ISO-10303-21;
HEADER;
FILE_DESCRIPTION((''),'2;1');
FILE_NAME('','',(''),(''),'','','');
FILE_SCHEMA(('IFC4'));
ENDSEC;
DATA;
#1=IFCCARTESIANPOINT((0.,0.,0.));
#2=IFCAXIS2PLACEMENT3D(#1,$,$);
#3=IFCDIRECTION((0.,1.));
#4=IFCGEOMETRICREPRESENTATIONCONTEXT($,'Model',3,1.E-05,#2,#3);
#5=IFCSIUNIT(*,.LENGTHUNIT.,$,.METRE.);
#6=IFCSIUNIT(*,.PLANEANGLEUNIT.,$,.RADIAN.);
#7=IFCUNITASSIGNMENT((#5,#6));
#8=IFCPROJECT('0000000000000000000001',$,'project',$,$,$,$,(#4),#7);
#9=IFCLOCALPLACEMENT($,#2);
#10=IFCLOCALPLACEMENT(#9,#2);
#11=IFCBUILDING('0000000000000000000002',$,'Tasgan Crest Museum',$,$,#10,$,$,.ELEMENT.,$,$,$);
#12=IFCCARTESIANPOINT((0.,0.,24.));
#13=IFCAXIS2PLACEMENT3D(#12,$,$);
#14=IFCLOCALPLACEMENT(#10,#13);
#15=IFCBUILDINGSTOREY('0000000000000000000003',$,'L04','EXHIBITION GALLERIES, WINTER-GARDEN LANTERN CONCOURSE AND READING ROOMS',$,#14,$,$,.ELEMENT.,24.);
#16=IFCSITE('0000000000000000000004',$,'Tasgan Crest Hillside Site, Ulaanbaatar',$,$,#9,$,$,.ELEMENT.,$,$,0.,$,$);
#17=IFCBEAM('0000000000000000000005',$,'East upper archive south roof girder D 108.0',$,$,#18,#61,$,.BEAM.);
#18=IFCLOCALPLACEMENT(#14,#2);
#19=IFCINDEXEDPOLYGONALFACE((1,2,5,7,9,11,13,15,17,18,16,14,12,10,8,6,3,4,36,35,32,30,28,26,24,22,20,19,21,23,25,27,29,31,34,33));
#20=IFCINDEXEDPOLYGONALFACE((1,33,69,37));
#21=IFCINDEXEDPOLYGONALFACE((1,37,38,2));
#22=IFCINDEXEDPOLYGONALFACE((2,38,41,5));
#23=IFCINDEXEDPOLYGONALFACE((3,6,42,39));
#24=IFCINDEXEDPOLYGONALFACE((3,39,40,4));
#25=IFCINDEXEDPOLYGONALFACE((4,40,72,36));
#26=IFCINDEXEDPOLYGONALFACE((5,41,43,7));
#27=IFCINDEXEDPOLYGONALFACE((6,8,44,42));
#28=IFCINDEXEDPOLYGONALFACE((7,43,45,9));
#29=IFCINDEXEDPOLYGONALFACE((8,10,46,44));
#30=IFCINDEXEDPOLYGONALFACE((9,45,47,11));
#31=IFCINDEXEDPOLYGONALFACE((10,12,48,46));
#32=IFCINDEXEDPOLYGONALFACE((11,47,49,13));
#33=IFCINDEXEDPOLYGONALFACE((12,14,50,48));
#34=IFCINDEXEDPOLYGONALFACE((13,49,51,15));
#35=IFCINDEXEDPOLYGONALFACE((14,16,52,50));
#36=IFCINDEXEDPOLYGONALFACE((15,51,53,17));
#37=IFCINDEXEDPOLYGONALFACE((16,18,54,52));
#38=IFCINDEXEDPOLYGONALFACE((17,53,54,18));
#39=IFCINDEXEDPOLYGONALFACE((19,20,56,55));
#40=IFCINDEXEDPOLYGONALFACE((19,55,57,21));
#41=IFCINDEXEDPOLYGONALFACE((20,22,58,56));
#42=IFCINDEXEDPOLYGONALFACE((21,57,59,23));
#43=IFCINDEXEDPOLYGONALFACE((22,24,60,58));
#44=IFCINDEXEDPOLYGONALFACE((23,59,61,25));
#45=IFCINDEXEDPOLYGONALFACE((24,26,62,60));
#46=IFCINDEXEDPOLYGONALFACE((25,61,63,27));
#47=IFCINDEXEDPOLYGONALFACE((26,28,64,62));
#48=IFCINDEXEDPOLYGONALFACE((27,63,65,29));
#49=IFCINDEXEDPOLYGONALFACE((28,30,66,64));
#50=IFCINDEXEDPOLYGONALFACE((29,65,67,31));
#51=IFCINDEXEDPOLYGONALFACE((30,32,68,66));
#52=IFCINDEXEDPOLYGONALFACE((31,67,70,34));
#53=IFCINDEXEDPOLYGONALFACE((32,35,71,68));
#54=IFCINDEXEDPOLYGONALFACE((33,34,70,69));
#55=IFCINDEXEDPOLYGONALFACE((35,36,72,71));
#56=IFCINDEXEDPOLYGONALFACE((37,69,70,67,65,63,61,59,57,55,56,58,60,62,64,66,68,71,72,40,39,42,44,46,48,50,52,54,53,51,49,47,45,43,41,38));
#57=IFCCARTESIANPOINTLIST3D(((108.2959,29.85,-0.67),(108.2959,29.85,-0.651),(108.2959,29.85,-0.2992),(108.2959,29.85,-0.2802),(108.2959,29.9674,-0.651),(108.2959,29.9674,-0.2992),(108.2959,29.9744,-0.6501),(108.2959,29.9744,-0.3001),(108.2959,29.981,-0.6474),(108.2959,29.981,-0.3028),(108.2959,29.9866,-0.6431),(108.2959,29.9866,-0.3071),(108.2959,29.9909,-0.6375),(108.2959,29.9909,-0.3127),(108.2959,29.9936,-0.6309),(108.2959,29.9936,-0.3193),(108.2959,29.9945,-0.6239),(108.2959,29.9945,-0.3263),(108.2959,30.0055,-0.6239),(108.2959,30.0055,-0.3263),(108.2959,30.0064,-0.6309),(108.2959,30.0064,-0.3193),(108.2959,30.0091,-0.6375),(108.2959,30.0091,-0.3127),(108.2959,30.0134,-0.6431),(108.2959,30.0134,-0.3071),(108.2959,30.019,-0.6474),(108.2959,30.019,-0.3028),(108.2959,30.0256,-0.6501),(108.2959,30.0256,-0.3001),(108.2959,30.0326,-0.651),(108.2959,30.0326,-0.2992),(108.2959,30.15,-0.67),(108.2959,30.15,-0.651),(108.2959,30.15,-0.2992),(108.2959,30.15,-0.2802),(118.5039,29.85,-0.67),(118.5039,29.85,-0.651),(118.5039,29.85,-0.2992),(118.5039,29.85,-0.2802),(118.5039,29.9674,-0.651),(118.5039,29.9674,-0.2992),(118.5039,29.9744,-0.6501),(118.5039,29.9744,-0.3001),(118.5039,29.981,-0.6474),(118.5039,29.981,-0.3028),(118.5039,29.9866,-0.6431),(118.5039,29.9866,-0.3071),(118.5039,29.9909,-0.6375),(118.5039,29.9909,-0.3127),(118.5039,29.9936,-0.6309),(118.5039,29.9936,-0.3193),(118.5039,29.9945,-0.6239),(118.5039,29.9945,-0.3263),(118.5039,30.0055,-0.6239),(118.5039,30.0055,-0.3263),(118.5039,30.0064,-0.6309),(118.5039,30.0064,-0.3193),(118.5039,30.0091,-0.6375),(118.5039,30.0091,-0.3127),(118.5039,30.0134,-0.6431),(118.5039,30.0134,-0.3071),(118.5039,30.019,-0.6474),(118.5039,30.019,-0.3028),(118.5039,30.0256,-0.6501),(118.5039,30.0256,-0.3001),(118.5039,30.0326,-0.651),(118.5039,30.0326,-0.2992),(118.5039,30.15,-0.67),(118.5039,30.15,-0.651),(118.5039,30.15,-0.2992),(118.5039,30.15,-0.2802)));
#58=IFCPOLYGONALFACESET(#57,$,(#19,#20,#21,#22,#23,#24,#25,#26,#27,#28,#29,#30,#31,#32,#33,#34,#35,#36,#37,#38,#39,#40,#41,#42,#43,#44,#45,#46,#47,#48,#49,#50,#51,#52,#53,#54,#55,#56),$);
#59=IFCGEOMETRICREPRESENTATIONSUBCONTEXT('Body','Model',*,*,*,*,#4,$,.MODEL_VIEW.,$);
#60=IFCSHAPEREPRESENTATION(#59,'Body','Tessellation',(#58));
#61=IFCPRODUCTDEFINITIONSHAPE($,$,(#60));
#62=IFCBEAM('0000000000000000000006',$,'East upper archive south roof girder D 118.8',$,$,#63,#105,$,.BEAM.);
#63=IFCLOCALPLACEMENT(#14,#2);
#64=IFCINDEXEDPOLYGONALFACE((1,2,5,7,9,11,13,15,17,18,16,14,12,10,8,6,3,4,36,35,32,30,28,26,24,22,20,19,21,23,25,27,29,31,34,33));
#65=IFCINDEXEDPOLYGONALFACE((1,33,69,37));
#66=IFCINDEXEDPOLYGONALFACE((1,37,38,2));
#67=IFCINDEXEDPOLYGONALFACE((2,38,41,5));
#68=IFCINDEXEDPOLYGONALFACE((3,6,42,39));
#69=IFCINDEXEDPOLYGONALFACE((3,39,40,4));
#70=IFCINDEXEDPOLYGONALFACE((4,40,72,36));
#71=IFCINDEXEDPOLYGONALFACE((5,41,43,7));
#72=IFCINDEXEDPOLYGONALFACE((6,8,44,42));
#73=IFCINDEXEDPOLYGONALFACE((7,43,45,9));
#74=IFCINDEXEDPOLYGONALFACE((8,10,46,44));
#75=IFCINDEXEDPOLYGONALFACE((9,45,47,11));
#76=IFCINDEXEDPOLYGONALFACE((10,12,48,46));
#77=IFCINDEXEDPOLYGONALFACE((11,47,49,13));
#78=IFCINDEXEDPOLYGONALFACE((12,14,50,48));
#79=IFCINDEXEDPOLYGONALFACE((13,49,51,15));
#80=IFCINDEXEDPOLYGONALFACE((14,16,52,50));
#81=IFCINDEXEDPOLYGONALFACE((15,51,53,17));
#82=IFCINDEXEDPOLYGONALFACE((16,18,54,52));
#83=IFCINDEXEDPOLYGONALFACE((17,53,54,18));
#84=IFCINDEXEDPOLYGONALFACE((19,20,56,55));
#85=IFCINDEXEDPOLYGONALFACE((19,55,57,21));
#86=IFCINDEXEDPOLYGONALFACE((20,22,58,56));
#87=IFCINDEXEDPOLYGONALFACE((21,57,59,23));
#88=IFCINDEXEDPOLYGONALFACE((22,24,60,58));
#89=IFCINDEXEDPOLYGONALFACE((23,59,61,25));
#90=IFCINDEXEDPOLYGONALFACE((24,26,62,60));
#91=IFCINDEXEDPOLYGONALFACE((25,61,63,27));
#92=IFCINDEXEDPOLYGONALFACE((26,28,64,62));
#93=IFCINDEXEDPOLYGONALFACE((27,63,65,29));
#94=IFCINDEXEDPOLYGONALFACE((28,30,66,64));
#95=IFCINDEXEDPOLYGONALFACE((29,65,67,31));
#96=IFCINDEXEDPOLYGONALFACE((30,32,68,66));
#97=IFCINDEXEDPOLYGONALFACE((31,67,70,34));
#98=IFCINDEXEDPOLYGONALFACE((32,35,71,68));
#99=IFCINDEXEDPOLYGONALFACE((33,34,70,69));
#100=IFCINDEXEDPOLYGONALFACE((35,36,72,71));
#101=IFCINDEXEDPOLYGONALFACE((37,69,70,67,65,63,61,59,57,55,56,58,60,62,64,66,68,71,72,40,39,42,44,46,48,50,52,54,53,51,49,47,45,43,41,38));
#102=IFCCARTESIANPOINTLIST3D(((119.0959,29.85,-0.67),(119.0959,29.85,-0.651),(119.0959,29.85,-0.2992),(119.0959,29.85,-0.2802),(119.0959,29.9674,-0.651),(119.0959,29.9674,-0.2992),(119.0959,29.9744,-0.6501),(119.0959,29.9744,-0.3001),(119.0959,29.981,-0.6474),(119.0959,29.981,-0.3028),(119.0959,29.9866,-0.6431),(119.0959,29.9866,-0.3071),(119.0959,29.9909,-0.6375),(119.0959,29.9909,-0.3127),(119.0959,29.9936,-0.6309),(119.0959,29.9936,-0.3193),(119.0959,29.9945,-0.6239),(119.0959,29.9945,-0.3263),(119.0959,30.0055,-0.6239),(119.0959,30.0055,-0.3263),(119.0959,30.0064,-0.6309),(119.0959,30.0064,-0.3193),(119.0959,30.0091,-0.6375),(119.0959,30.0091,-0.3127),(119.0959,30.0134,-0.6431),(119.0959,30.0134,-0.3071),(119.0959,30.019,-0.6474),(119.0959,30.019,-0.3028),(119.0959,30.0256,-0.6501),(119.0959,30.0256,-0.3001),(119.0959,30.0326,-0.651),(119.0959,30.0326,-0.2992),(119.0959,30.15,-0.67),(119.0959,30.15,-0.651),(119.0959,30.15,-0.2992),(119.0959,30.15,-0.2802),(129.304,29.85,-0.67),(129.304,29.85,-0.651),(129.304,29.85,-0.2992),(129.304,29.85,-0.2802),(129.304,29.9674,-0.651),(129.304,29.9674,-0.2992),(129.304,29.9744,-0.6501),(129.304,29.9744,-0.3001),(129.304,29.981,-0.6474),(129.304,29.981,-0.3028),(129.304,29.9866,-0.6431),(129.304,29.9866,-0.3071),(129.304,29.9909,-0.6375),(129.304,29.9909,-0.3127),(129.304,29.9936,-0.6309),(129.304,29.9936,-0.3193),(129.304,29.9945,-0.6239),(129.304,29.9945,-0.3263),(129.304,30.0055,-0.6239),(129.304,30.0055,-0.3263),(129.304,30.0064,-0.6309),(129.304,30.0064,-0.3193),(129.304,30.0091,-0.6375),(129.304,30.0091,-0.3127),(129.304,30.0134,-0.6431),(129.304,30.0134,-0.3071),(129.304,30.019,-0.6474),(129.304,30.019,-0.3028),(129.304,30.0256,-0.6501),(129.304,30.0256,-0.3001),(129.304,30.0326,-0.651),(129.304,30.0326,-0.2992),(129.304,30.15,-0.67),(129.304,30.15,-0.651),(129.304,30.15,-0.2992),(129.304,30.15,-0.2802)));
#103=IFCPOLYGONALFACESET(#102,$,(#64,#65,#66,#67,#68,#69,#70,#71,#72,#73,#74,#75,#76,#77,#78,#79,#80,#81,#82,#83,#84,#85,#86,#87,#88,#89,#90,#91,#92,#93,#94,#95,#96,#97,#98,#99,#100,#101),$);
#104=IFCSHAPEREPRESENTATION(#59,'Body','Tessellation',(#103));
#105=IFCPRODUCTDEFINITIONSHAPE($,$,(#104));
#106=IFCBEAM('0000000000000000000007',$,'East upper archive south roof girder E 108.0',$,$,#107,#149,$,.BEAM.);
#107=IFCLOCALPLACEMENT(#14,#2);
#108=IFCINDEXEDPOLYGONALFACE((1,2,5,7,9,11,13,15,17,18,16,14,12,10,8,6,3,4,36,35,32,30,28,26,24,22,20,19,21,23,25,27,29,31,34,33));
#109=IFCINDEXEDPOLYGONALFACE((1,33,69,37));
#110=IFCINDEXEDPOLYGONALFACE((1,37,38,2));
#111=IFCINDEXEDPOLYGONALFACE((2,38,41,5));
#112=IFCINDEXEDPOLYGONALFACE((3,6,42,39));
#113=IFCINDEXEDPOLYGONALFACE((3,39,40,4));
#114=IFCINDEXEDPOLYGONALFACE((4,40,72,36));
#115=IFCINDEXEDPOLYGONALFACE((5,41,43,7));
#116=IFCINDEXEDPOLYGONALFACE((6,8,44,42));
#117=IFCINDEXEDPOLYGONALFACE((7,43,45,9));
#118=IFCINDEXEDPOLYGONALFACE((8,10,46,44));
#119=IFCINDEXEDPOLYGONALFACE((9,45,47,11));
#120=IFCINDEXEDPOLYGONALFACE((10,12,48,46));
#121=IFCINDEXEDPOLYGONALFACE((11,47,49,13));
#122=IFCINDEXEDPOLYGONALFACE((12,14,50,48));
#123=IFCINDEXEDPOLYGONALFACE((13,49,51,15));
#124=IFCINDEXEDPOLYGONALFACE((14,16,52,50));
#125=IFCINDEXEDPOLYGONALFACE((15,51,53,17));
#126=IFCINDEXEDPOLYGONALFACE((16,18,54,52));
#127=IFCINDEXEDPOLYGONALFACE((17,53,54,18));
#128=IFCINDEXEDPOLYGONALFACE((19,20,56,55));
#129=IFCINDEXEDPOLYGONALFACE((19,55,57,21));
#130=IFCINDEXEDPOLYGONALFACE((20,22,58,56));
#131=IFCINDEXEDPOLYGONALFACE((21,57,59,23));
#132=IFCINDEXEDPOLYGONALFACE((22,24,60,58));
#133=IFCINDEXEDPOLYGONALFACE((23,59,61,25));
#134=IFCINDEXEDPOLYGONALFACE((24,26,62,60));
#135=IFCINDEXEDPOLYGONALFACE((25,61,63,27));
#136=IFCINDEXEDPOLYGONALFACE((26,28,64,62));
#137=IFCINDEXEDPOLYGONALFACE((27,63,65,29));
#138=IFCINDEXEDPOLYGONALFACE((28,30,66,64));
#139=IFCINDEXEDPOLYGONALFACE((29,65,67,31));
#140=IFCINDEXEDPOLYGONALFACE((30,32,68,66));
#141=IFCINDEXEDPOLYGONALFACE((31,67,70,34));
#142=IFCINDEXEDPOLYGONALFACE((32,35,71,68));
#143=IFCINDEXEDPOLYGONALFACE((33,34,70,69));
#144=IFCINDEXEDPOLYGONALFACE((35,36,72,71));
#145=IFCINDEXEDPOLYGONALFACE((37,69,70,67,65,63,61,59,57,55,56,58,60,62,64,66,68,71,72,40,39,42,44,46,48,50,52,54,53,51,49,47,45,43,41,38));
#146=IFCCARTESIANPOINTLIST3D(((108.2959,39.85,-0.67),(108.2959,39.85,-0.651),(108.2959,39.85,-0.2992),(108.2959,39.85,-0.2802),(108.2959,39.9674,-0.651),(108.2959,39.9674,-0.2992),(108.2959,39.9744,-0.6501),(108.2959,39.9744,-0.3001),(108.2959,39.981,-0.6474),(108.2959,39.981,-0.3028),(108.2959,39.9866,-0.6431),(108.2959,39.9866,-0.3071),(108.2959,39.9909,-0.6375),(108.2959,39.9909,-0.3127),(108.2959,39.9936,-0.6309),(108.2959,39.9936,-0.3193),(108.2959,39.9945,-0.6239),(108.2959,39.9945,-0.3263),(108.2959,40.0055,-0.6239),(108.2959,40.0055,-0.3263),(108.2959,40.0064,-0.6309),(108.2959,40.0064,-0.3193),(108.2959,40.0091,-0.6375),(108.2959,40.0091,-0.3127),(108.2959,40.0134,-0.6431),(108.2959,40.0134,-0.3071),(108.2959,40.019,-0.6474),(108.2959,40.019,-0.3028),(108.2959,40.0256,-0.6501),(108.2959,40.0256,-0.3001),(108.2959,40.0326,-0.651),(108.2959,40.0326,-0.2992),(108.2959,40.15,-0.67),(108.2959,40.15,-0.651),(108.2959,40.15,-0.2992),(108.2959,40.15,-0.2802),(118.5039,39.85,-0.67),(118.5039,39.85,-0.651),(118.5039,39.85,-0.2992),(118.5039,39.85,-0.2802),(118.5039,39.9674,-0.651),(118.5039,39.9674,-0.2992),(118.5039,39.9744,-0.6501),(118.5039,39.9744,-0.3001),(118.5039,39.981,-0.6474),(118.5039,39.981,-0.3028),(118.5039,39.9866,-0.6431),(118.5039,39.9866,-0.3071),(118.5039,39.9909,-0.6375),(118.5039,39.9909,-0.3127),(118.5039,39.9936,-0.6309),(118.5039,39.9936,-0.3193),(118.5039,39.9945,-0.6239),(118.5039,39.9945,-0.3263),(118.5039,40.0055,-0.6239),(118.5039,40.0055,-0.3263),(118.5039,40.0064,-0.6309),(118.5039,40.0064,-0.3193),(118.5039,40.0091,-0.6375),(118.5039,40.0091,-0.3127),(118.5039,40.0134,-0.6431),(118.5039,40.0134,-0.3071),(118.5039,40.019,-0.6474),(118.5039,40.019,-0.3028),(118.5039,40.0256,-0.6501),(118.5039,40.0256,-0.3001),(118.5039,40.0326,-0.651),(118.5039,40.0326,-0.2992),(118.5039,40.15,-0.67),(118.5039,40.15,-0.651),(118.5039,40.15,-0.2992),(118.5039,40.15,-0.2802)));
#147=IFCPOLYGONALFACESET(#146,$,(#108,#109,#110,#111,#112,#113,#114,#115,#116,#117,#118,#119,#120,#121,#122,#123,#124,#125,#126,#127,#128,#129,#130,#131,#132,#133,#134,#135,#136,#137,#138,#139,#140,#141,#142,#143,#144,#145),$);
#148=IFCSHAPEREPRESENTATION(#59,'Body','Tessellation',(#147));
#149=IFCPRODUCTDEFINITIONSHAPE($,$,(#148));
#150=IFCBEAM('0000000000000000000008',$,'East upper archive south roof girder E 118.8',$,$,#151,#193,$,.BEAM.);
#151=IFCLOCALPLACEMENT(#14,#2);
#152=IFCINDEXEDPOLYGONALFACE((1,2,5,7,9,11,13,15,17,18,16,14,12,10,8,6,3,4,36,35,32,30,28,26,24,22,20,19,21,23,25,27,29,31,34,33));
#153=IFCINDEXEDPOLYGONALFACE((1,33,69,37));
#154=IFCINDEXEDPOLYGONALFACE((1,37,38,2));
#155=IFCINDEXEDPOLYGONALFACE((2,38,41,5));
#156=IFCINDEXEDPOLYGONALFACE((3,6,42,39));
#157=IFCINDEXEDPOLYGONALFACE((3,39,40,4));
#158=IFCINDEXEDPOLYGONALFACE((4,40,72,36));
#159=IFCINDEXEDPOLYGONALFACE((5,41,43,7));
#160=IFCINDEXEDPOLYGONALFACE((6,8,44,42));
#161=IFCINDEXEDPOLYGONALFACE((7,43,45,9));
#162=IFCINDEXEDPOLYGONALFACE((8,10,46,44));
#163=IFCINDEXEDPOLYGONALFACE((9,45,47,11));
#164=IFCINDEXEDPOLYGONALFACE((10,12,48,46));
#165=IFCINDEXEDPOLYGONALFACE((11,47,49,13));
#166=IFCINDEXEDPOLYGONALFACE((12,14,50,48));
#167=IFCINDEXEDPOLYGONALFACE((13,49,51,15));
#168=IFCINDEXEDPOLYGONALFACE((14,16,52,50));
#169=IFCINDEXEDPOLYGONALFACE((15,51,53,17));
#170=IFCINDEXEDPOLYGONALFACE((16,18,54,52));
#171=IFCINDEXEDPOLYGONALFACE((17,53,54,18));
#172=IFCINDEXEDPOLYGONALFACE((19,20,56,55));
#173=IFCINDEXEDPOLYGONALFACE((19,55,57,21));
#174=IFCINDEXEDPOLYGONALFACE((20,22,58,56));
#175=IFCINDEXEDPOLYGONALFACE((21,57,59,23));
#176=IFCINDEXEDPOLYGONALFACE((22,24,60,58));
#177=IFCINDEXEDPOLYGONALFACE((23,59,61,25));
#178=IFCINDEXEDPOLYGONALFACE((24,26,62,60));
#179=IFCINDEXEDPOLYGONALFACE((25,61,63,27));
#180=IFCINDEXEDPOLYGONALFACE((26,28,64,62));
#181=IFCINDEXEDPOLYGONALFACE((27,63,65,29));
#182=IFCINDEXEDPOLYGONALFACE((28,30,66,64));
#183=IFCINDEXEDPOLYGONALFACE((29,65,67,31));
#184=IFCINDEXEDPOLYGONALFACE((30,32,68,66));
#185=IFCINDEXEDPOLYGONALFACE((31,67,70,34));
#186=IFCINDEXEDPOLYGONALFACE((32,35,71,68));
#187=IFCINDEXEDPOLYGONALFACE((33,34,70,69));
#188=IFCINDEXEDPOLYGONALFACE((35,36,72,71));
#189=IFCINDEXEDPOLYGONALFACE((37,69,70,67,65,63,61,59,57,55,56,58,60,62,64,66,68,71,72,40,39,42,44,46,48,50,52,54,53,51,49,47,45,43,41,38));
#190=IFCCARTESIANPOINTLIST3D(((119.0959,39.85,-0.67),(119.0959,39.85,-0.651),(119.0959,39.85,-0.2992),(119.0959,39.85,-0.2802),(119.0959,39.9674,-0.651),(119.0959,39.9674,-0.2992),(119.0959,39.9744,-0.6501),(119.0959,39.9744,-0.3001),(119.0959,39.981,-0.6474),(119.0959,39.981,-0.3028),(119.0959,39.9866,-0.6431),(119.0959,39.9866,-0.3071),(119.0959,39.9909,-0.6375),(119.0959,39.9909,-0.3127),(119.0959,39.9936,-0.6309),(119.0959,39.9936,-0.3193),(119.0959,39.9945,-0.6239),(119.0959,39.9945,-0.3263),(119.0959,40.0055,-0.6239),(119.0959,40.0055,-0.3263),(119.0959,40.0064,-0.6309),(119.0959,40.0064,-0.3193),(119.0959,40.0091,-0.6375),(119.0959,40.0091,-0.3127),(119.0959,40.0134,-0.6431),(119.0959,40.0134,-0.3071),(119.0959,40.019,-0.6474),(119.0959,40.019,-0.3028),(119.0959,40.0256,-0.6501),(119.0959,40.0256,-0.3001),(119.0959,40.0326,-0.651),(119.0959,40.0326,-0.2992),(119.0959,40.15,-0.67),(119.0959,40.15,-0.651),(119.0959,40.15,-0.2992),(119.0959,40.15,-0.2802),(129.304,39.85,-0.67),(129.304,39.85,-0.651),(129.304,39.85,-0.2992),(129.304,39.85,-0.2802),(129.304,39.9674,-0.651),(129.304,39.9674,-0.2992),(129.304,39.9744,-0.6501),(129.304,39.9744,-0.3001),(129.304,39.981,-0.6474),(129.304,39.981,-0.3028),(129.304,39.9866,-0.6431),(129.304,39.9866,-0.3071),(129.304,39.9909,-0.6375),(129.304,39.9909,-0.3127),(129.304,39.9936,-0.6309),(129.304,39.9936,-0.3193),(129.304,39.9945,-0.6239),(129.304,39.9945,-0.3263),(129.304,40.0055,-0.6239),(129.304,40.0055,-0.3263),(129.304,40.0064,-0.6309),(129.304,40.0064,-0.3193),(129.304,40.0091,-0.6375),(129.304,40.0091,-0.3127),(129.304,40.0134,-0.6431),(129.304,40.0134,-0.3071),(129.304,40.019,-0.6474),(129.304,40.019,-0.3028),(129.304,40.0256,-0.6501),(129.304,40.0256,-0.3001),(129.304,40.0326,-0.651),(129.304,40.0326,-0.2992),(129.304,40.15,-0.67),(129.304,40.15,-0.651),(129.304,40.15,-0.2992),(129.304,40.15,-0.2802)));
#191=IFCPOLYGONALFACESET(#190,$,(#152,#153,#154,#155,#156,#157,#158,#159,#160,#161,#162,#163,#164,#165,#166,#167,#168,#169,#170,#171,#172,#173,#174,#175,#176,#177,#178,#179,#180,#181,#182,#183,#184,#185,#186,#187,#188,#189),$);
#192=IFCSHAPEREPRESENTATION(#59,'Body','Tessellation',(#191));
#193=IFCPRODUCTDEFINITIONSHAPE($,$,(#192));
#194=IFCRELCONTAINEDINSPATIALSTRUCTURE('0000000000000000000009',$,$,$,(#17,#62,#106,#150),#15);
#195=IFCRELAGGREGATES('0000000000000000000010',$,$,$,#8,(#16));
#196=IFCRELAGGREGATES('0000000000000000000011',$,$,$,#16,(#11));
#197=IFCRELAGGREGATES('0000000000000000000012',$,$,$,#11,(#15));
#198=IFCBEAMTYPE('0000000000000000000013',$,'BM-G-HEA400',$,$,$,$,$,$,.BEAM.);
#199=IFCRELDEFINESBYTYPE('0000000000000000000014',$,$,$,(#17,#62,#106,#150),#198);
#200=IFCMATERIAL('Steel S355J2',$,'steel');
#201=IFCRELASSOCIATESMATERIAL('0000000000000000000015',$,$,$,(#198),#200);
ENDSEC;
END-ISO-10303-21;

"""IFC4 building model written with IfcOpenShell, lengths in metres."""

from ifc_helpers import new_model, si_unit, direction, frame, origin, origin_2d, place, context, subcontext, project, spatial, i_section, extrude, material, material_profile, profile_set, type_object, element, save


model = new_model("IFC4")

# Units and contexts
model_context = context("Model", 3, precision=1e-05, world=origin(), true_north=direction((0.0, 1.0)))
body_context = subcontext(model_context, "Body", "Model", "MODEL_VIEW")
ifc_project = project(units=[si_unit("LENGTHUNIT", "METRE"), si_unit("PLANEANGLEUNIT", "RADIAN")], contexts=[model_context])

# Site, building, storey
site_placement = place(None, origin())
site = spatial("IfcSite", under=ifc_project, at=site_placement, Name="Tasgan Crest Hillside Site, Ulaanbaatar", CompositionType="ELEMENT", RefElevation=0.0)
building_placement = place(site_placement, origin())
building = spatial("IfcBuilding", under=site, at=building_placement, Name="Tasgan Crest Museum", CompositionType="ELEMENT")
storey_placement = place(building_placement, frame((0.0, 0.0, 24.0)))
storey = spatial("IfcBuildingStorey", under=building, at=storey_placement, Name="L04", Description="EXHIBITION GALLERIES, WINTER-GARDEN LANTERN CONCOURSE AND READING ROOMS", CompositionType="ELEMENT", Elevation=24.0)

# Beams
ifc_material_1 = material(Name="Steel S355J2", Category="steel")
ifc_material_profile_1 = material_profile(ifc_material_1, i_section(OverallWidth=0.3, OverallDepth=0.3899, WebThickness=0.011, FlangeThickness=0.019, FilletRadius=0.0271, at=origin_2d()), Name="HEA 400")
ifc_profile_set_1 = profile_set([ifc_material_profile_1], Name="Steel S355J2")
beam_type = type_object("IfcBeamType", Name="BM-G-HEA400", PredefinedType="BEAM", material=ifc_profile_set_1)
for number, where, z_axis, x_axis, name in (
    (1, (108.2959, 30.0, -0.4751), (1.0, 0.0, 0.0), (0.0, 1.0, 0.0), "East upper archive south roof girder D 108.0"),
    (2, (119.0959, 30.0, -0.4751), (1.0, 0.0, 0.0), (0.0, 1.0, 0.0), "East upper archive south roof girder D 118.8"),
    (3, (108.2959, 40.0, -0.4751), (1.0, 0.0, 0.0), (0.0, 1.0, 0.0), "East upper archive south roof girder E 108.0"),
    (4, (119.0959, 40.0, -0.4751), (1.0, 0.0, 0.0), (0.0, 1.0, 0.0), "East upper archive south roof girder E 118.8"),
):
    element("IfcBeam", number, at=place(storey_placement, frame(where, z_axis=z_axis, x_axis=x_axis)), inside=storey, type_object=beam_type, Name=name, PredefinedType="BEAM", context=body_context, shape_type="SweptSolid", body=[
        extrude(i_section(OverallWidth=0.3, OverallDepth=0.3899, WebThickness=0.011, FlangeThickness=0.019, FilletRadius=0.0271, at=origin_2d()), origin(), (0.0, 0.0, 1.0), 10.208),
    ])

save(model, "model.ifc")
